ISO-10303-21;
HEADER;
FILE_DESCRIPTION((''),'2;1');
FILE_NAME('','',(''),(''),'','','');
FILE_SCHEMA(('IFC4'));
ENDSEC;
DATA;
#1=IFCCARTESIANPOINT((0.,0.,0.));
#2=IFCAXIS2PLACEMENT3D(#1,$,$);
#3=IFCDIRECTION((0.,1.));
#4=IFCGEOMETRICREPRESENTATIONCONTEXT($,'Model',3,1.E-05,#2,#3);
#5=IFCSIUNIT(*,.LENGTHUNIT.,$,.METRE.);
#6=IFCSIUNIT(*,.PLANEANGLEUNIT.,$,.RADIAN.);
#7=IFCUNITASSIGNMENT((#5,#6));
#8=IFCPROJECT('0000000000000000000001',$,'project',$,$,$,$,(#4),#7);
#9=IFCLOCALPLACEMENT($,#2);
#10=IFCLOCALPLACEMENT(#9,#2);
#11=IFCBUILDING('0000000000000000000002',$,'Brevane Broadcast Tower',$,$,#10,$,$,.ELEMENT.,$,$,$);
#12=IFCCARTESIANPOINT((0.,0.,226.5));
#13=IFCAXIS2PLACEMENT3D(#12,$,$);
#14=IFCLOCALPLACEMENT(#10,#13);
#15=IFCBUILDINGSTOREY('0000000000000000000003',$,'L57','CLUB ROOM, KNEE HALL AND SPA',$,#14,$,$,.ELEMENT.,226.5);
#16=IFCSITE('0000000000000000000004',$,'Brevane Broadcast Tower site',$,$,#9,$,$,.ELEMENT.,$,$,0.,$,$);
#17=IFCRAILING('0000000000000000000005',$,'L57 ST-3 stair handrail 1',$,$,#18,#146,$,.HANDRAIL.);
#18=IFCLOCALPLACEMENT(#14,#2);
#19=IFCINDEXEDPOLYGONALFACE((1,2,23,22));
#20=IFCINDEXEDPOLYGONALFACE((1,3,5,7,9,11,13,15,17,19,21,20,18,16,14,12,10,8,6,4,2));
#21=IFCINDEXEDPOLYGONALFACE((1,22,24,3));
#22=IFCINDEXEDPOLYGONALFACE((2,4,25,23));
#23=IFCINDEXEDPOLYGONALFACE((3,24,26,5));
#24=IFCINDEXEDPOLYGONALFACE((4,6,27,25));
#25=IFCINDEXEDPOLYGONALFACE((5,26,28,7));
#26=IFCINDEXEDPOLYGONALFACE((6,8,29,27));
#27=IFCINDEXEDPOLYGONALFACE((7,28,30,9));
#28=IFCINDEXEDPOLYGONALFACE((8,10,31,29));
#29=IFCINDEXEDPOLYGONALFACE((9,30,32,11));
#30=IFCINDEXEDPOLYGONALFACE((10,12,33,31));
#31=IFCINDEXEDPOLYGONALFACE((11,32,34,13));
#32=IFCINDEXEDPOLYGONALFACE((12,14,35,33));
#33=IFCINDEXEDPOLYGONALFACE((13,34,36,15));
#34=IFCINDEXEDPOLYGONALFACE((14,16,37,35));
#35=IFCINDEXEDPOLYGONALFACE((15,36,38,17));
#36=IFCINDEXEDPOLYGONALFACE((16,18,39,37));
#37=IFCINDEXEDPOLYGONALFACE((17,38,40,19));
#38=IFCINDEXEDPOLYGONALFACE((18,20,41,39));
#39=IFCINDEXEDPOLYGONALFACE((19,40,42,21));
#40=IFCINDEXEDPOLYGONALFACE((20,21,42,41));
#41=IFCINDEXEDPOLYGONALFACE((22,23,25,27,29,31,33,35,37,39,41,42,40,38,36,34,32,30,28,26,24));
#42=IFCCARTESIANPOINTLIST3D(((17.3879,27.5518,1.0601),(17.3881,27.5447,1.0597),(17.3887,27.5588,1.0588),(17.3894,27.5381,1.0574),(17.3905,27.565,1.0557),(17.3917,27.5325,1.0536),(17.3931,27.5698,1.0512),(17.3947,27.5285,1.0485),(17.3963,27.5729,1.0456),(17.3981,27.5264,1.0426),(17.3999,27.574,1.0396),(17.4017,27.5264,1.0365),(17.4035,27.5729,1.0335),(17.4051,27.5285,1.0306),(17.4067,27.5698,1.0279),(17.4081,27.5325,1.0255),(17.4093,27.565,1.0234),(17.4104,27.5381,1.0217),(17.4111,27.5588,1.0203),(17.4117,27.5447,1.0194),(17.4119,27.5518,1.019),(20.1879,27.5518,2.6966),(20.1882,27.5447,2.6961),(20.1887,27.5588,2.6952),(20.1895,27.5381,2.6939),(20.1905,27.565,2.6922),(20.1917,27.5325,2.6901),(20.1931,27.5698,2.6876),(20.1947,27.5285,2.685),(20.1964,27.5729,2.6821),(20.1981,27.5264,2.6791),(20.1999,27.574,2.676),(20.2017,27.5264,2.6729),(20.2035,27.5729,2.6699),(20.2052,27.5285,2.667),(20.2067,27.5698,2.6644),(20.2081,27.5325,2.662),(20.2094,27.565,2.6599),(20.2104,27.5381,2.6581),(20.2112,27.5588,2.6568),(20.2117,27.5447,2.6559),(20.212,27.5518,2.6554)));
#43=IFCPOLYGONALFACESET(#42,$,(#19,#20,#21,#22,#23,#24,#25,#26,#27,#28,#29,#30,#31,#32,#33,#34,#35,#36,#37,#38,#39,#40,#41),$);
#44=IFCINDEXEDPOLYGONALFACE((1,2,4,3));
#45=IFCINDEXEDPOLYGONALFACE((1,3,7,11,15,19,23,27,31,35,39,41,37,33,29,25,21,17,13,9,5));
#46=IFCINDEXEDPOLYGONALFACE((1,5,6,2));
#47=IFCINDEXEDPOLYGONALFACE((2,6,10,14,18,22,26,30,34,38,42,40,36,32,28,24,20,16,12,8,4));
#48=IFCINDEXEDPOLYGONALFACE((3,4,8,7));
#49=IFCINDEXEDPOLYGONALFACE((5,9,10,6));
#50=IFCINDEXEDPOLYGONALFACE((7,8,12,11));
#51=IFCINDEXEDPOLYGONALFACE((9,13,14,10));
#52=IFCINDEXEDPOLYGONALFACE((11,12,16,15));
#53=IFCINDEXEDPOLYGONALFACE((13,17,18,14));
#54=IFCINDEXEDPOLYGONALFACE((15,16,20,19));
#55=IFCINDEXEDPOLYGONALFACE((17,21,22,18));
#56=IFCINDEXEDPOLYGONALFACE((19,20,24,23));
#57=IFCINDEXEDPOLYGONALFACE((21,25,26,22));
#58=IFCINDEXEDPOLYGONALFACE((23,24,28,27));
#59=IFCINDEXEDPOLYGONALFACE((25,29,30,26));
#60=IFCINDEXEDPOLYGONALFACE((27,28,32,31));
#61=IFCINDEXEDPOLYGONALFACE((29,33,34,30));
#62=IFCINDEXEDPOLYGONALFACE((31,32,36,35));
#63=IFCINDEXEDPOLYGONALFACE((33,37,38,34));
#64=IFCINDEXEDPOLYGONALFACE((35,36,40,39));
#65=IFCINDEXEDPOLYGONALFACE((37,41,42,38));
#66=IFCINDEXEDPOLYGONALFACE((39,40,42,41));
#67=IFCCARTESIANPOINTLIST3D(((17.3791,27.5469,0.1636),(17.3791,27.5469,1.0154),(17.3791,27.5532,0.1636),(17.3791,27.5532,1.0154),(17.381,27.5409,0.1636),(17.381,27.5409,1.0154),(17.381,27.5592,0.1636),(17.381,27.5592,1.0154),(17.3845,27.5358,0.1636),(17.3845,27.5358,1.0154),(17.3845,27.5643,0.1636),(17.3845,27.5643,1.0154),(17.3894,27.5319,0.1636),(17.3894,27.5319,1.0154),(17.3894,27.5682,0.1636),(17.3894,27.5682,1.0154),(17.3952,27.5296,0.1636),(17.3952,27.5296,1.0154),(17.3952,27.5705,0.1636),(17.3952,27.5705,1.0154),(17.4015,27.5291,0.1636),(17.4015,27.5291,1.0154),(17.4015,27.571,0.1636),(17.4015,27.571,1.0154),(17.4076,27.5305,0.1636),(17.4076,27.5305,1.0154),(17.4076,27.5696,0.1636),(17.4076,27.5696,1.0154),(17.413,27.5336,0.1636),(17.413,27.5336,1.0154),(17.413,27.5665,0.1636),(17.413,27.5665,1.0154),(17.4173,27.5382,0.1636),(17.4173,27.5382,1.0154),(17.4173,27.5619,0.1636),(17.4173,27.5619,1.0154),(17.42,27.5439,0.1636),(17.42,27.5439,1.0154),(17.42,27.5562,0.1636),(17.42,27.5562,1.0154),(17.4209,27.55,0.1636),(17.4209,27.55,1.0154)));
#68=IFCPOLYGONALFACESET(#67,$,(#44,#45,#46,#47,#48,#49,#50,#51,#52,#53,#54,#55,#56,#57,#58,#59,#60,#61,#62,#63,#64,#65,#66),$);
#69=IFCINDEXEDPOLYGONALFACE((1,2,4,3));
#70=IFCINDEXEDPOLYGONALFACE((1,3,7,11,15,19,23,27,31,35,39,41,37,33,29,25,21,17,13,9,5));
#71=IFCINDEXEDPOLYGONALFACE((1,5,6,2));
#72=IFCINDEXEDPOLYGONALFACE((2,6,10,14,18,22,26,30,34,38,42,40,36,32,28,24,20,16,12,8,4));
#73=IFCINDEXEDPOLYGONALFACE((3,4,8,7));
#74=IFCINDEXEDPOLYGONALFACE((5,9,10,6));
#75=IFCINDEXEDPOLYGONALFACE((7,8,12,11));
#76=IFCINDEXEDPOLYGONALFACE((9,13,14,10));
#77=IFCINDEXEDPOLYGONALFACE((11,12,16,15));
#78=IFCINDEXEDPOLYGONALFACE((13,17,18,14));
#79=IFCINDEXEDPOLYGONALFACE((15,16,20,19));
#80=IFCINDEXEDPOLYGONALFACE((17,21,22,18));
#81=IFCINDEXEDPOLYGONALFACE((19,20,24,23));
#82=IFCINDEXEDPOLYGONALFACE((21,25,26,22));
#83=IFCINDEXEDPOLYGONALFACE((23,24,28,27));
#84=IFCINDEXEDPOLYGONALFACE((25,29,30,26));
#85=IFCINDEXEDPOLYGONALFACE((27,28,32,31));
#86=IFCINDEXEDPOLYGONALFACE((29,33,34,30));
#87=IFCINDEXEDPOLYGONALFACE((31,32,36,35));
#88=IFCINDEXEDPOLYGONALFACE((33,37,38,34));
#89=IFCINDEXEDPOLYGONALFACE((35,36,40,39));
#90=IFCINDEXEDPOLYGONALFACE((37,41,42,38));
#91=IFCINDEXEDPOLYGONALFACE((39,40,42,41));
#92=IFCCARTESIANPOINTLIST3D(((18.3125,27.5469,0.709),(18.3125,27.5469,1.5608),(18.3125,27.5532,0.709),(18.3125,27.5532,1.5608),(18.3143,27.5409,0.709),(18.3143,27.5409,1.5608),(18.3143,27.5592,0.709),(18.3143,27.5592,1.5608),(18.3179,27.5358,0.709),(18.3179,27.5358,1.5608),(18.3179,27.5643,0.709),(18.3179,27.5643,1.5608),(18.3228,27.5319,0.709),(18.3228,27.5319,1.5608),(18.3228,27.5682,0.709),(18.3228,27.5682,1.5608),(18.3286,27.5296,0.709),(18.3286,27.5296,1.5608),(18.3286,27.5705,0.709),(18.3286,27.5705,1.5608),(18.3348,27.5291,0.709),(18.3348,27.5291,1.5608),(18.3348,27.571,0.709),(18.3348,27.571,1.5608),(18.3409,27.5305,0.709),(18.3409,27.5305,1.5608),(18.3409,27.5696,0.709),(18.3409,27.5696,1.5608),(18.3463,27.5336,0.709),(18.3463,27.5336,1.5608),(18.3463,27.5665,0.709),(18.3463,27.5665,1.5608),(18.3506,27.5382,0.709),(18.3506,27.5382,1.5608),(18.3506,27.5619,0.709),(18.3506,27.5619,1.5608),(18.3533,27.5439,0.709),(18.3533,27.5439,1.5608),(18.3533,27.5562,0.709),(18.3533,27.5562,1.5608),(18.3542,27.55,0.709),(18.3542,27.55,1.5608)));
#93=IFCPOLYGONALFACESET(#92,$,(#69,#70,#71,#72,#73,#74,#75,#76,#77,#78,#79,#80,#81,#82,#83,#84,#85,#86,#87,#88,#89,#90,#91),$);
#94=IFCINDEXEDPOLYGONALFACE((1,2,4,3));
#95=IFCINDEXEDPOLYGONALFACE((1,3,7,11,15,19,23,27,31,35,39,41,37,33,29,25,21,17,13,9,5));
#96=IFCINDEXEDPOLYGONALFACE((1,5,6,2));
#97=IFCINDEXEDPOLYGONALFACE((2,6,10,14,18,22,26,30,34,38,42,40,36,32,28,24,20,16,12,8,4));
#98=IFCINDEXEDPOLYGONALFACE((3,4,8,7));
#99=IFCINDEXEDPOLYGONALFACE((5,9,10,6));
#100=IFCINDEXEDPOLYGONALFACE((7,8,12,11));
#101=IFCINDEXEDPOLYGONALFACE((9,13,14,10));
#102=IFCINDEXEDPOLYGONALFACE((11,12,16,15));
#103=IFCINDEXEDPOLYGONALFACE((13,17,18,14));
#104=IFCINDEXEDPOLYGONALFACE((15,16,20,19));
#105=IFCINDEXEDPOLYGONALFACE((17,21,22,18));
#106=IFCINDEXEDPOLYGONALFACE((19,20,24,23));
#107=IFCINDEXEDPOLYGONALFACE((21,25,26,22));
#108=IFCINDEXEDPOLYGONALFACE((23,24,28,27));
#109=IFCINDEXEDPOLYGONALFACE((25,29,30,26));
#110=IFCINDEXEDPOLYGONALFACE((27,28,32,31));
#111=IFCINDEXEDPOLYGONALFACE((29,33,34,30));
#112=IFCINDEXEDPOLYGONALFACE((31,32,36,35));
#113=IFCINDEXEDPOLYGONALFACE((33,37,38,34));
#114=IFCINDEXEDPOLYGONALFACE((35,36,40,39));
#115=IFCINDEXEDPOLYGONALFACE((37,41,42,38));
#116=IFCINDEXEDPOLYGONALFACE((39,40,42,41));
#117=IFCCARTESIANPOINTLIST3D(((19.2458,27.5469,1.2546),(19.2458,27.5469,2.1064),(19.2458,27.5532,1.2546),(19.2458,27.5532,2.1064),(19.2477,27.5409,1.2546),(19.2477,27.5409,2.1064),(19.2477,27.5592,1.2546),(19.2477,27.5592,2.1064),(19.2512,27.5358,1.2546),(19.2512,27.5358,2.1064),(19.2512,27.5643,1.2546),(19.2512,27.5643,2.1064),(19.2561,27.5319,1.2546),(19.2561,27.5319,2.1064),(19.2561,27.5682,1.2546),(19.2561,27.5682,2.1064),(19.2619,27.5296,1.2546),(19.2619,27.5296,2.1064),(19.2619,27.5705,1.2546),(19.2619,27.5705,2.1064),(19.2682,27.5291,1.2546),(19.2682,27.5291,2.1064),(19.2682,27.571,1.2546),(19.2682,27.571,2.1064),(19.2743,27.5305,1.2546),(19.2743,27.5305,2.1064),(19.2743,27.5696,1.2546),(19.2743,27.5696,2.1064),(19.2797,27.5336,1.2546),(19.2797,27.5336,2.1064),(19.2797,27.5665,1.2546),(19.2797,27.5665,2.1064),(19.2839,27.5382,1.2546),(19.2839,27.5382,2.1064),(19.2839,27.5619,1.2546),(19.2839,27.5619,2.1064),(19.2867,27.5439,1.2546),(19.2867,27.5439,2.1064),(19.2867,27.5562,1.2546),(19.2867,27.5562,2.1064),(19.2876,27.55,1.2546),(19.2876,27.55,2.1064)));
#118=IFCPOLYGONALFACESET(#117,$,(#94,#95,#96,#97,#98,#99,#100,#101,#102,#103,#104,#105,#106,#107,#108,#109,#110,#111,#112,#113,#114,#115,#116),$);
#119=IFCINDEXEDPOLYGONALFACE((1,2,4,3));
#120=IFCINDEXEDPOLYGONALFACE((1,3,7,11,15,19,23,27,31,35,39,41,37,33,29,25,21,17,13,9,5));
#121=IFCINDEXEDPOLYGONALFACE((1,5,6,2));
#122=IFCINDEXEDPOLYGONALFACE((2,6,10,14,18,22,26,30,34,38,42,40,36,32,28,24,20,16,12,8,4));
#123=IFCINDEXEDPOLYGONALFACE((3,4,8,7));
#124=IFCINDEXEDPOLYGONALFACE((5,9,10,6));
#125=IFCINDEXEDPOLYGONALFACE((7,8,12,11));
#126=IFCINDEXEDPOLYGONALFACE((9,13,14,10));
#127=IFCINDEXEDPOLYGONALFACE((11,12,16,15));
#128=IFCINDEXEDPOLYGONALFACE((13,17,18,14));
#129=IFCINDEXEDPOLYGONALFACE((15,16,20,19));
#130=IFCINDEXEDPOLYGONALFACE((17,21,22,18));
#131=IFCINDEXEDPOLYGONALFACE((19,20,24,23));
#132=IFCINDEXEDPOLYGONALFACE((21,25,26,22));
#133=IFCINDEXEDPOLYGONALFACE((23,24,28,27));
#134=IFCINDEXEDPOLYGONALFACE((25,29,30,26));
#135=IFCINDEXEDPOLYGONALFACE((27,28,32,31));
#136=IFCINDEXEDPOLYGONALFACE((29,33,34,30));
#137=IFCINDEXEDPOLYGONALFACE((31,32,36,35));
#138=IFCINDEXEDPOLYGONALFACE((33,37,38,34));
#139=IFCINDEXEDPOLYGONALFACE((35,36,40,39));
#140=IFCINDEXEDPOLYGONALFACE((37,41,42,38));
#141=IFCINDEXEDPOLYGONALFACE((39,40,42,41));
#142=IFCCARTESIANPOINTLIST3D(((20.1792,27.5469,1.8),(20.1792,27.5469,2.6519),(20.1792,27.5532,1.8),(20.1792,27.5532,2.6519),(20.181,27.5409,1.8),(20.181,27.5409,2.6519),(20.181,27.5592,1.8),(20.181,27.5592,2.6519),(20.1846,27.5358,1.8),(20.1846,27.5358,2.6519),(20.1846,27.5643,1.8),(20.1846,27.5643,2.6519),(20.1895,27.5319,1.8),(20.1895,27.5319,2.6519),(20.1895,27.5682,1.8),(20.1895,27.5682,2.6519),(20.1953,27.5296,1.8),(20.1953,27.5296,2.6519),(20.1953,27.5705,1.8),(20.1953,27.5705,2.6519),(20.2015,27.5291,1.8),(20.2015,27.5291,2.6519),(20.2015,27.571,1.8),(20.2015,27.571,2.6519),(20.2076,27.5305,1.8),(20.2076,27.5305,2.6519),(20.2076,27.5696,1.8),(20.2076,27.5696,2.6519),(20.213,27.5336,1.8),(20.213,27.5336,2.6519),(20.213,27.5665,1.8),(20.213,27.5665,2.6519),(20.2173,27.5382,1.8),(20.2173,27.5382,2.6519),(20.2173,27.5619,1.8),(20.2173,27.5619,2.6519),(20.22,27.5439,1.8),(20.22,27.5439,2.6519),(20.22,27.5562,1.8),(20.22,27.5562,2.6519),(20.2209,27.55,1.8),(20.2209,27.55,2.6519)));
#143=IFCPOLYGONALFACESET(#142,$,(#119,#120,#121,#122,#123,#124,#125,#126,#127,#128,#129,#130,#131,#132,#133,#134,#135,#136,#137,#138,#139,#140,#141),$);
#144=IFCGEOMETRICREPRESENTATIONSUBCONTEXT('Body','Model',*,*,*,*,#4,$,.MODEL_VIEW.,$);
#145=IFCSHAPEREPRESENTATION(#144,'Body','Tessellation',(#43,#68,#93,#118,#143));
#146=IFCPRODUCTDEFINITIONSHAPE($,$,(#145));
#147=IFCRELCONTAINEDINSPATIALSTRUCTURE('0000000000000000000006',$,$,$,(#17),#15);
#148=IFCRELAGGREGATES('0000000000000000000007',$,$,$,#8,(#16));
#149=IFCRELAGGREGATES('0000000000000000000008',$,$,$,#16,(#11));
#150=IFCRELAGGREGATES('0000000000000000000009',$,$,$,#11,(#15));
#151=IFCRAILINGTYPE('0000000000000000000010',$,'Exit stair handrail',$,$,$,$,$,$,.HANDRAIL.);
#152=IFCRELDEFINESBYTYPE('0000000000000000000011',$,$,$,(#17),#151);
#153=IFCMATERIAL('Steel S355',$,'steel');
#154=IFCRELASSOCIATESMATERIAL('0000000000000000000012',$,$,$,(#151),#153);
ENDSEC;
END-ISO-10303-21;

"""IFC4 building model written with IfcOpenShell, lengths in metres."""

from ifc_helpers import new_model, si_unit, direction, frame, origin, origin_2d, place, context, subcontext, project, spatial, circle, extrude, material, type_object, element, save


model = new_model("IFC4")

# Units and contexts
model_context = context("Model", 3, precision=1e-05, world=origin(), true_north=direction((0.0, 1.0)))
body_context = subcontext(model_context, "Body", "Model", "MODEL_VIEW")
ifc_project = project(units=[si_unit("LENGTHUNIT", "METRE"), si_unit("PLANEANGLEUNIT", "RADIAN")], contexts=[model_context])

# Site, building, storey
site_placement = place(None, origin())
site = spatial("IfcSite", under=ifc_project, at=site_placement, Name="Brevane Broadcast Tower site", CompositionType="ELEMENT", RefElevation=0.0)
building_placement = place(site_placement, origin())
building = spatial("IfcBuilding", under=site, at=building_placement, Name="Brevane Broadcast Tower", CompositionType="ELEMENT")
storey_placement = place(building_placement, frame((0.0, 0.0, 226.5)))
storey = spatial("IfcBuildingStorey", under=building, at=storey_placement, Name="L57", Description="CLUB ROOM, KNEE HALL AND SPA", CompositionType="ELEMENT", Elevation=226.5)

# Railing
ifc_material_1 = material(Name="Steel S355", Category="steel")
railing_type_1 = type_object("IfcRailingType", Name="Exit stair handrail", PredefinedType="HANDRAIL", material=ifc_material_1)
railing_1_placement = place(storey_placement, frame((17.3999, 27.55, 0.1636)))
element("IfcRailing", 1, at=railing_1_placement, inside=storey, type_object=railing_type_1, Name="L57 ST-3 stair handrail 1", PredefinedType="HANDRAIL", context=body_context, shape_type="SweptSolid", body=[
    extrude(circle(Radius=0.0239, at=origin_2d()), frame((0.0, 0.0, 0.876), z_axis=(0.863361, 0.0, 0.504587), x_axis=(0.0, 1.0, 0.0)), (0.0, 0.0, 1.0), 3.2432),
    extrude(circle(Radius=0.021, at=origin_2d()), origin(), (0.0, 0.0, 1.0), 0.8518),
    extrude(circle(Radius=0.021, at=origin_2d()), frame((0.9333, 0.0, 0.5454)), (0.0, 0.0, 1.0), 0.8518),
    extrude(circle(Radius=0.021, at=origin_2d()), frame((1.8667, 0.0, 1.0911)), (0.0, 0.0, 1.0), 0.8518),
    extrude(circle(Radius=0.021, at=origin_2d()), frame((2.8, 0.0, 1.6365)), (0.0, 0.0, 1.0), 0.8518),
])

save(model, "model.ifc")
